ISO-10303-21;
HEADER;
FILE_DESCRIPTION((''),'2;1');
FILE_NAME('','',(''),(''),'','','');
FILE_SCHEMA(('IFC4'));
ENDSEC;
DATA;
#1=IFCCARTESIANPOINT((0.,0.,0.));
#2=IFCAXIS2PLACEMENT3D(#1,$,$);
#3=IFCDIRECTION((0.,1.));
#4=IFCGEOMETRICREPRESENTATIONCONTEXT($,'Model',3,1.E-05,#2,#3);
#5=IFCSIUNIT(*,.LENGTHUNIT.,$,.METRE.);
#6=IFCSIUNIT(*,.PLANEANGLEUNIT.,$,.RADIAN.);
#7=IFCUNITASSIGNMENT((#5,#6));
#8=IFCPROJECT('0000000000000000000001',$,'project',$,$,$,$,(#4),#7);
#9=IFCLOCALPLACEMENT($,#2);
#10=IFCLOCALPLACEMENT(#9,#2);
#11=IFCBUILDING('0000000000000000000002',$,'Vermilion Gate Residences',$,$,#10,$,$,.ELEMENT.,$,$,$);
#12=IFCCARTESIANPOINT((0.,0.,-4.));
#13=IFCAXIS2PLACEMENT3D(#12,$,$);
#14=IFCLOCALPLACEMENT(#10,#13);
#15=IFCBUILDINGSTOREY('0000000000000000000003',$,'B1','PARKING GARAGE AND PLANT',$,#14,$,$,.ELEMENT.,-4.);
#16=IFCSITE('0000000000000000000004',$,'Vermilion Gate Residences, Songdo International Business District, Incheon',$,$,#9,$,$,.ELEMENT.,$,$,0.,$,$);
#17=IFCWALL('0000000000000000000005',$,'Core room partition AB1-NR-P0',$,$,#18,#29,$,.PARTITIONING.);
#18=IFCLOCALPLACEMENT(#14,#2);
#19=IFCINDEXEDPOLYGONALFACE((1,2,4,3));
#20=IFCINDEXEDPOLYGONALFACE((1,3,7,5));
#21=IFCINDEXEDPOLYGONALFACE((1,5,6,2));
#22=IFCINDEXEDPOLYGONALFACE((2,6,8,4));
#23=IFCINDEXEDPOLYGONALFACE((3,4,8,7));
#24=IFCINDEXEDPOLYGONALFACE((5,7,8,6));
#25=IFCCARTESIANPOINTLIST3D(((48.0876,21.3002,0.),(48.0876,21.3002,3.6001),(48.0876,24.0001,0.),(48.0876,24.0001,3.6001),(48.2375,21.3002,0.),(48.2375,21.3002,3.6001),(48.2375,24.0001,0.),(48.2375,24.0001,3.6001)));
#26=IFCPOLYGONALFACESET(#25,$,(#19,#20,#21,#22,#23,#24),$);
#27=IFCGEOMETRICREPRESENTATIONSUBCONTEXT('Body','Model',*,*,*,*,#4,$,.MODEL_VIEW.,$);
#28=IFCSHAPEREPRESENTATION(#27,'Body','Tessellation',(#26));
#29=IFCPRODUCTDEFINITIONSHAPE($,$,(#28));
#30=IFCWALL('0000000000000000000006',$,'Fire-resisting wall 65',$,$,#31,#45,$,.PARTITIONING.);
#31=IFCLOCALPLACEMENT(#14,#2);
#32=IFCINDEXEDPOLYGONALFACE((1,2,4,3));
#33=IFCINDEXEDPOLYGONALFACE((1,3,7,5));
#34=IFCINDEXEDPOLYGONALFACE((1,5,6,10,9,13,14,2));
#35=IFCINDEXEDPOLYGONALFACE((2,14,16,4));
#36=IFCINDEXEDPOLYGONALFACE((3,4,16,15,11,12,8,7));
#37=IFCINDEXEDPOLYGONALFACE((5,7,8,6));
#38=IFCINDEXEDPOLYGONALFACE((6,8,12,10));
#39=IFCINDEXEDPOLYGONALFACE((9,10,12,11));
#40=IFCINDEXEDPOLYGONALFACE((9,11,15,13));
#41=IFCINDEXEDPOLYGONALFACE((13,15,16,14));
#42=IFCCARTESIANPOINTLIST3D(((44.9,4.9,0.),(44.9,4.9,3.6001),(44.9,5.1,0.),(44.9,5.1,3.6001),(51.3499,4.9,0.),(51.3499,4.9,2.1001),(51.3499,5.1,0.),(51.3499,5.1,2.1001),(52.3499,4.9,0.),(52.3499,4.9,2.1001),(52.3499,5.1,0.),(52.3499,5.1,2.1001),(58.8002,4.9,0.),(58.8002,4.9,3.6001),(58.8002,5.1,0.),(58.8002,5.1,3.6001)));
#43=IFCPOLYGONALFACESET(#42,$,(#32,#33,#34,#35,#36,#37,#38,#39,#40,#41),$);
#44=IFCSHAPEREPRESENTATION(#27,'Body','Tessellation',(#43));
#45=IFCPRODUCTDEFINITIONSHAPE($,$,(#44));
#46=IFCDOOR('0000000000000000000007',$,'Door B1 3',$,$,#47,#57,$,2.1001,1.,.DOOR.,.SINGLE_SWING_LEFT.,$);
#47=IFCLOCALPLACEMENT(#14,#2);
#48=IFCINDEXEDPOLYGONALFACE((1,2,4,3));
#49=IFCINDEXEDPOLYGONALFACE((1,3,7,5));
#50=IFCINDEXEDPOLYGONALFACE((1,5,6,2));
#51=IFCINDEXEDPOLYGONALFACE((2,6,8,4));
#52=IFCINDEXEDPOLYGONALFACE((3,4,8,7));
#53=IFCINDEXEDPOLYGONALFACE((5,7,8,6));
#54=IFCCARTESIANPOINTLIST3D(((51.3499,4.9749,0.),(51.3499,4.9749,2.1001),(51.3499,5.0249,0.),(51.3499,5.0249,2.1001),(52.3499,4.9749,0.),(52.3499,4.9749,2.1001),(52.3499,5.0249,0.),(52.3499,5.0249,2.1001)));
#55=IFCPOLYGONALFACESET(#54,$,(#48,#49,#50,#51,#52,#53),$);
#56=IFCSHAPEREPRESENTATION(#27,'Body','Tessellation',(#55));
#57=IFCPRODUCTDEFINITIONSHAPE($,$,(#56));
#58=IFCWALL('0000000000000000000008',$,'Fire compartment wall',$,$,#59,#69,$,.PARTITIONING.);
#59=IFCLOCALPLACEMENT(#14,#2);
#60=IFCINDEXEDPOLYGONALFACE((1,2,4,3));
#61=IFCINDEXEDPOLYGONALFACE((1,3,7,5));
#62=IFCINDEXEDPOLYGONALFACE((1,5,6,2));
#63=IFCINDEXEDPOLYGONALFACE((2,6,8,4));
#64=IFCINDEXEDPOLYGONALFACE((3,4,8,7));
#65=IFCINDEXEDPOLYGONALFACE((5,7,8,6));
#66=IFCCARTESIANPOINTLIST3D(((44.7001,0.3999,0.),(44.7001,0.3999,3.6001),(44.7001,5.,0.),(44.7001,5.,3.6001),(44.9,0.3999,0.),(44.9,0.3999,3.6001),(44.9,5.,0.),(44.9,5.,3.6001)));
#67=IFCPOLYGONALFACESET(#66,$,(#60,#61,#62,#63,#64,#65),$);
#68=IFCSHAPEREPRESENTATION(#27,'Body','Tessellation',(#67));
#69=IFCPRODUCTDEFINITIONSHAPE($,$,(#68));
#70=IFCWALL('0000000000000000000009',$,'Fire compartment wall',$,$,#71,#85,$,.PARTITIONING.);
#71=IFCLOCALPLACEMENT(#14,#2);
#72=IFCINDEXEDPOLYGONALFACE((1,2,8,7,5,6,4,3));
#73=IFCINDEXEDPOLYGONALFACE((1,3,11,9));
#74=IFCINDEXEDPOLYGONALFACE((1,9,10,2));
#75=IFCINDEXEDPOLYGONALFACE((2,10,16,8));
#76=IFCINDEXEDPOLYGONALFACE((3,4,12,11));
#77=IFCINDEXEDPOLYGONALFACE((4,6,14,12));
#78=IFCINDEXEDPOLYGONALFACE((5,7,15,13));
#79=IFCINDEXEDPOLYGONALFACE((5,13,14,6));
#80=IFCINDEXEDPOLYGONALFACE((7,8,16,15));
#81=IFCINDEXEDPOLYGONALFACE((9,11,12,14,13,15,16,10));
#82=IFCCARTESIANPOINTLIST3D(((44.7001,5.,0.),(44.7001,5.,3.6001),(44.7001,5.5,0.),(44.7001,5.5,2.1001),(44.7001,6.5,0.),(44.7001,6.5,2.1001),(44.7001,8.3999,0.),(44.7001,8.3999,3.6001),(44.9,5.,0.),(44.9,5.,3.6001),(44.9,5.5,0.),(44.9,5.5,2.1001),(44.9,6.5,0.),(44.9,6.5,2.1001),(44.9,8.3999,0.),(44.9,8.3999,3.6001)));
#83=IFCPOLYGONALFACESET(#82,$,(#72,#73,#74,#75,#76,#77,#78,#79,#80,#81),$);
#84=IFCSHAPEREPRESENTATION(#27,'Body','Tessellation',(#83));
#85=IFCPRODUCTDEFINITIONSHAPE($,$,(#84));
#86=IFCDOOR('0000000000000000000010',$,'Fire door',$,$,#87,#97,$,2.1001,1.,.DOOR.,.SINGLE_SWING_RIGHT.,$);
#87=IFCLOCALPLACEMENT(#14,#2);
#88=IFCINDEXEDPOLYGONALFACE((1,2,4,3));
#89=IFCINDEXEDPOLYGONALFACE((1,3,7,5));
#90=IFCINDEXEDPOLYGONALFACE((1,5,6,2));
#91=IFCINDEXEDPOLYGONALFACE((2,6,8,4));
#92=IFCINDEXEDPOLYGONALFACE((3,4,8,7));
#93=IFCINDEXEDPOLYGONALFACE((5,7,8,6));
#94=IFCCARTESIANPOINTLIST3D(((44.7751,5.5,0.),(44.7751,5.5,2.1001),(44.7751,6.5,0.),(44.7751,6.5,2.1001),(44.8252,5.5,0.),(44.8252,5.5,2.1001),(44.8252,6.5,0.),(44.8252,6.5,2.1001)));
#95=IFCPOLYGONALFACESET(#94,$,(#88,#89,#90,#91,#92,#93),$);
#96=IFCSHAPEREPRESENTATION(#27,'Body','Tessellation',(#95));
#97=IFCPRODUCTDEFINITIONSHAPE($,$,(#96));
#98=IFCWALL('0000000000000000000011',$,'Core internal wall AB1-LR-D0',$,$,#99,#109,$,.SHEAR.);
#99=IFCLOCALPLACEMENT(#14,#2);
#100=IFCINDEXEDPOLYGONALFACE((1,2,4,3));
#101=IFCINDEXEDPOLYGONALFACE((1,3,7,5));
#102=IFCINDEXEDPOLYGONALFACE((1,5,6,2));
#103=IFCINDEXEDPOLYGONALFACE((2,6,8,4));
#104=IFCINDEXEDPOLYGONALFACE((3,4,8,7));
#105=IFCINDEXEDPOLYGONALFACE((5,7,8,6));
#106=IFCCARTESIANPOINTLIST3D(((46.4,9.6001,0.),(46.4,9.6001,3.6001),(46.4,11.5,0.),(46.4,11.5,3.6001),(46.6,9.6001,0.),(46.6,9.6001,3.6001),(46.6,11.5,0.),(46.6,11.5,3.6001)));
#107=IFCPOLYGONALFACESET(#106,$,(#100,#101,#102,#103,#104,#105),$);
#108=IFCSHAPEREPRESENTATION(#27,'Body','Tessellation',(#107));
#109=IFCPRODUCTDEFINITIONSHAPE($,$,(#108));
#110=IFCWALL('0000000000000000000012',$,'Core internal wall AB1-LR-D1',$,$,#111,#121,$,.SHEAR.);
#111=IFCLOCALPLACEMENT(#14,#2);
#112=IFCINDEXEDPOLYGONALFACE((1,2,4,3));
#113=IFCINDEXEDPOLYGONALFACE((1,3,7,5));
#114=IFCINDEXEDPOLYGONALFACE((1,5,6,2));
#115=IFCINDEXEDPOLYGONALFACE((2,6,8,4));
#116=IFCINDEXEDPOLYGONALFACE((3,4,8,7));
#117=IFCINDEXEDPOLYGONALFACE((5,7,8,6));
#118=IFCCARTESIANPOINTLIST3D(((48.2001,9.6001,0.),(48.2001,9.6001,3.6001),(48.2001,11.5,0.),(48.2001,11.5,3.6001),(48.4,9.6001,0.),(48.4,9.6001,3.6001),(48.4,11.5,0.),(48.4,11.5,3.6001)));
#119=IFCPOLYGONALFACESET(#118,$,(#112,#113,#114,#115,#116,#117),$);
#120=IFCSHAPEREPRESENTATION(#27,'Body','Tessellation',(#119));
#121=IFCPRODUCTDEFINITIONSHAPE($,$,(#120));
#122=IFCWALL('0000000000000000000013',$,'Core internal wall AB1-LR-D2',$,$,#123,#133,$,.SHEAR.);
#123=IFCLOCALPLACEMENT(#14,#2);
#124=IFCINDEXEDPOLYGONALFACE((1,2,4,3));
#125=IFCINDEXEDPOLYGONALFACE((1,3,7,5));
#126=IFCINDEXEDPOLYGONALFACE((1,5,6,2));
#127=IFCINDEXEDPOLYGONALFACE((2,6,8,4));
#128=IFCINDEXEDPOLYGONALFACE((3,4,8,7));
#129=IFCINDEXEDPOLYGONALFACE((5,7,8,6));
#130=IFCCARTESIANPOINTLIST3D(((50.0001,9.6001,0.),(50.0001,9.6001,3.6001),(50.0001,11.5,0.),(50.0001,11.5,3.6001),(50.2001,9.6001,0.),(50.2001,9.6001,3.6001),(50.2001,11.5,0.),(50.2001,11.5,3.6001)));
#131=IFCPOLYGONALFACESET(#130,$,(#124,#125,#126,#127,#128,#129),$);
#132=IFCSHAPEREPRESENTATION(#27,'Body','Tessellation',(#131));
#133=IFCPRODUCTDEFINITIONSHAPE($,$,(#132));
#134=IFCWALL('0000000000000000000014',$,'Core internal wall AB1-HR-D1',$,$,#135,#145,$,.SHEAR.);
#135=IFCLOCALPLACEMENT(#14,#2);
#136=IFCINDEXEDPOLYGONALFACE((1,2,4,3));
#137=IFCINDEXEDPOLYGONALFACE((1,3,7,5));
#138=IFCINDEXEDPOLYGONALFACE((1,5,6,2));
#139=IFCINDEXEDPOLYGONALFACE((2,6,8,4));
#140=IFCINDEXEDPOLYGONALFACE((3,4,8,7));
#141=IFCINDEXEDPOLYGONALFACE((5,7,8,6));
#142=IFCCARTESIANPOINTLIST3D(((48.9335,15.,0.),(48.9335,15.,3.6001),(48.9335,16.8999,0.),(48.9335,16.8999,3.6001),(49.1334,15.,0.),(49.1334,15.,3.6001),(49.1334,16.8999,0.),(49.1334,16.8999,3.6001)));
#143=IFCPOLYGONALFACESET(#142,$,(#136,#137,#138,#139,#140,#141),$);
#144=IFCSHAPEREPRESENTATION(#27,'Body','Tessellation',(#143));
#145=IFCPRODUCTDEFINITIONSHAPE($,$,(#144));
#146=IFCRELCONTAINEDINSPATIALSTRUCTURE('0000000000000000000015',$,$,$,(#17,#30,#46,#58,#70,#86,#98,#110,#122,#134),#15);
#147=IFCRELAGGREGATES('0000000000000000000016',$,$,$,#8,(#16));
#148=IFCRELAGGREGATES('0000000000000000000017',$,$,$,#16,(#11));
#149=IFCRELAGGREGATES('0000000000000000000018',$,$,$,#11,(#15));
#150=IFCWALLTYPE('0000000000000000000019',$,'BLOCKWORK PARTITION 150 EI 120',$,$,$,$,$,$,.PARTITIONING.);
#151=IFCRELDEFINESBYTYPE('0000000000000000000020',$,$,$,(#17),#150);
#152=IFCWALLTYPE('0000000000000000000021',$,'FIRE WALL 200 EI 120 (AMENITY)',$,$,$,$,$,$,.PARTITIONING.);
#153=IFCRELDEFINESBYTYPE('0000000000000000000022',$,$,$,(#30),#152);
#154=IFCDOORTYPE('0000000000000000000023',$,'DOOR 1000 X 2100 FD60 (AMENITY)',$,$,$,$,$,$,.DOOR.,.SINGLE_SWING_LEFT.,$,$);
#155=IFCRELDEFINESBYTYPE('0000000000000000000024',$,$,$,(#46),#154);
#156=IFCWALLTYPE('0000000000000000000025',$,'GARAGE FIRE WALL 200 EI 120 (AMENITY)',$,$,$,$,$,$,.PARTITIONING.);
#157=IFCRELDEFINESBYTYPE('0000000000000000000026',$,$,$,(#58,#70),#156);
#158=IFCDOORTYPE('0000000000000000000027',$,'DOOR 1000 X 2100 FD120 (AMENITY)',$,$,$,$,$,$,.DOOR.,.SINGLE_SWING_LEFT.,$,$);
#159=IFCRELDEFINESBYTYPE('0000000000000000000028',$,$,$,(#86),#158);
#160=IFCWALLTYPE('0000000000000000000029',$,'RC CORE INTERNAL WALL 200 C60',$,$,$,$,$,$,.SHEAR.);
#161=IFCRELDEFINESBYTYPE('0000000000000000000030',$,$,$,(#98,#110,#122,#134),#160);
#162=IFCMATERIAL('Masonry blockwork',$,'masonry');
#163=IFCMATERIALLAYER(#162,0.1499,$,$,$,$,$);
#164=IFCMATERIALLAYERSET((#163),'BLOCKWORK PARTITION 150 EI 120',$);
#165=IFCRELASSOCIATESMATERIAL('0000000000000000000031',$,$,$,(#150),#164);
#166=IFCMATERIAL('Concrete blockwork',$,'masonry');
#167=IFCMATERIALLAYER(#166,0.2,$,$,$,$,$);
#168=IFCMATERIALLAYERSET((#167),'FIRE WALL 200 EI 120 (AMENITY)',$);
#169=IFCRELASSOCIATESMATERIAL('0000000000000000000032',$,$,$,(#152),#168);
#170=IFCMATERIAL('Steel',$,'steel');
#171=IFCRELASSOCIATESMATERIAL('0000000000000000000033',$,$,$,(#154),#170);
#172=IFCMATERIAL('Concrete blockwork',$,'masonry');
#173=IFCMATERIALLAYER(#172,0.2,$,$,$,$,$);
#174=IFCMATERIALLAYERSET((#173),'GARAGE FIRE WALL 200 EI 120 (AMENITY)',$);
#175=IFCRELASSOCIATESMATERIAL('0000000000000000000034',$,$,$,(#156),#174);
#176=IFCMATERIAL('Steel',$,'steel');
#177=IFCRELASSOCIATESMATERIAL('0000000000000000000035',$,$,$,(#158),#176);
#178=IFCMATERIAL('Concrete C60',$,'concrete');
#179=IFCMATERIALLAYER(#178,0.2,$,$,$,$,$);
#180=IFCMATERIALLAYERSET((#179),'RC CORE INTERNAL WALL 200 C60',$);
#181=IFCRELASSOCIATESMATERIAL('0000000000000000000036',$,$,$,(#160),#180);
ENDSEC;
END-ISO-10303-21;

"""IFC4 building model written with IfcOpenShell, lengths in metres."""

from ifc_helpers import new_model, si_unit, direction, frame, frame_2d, origin, place, context, subcontext, project, spatial, rectangle, extrude, material, layer, layer_set, type_object, element, fill, save


model = new_model("IFC4")

# Units and contexts
model_context = context("Model", 3, precision=1e-05, world=origin(), true_north=direction((0.0, 1.0)))
body_context = subcontext(model_context, "Body", "Model", "MODEL_VIEW")
ifc_project = project(units=[si_unit("LENGTHUNIT", "METRE"), si_unit("PLANEANGLEUNIT", "RADIAN")], contexts=[model_context])

# Site, building, storey
site_placement = place(None, origin())
site = spatial("IfcSite", under=ifc_project, at=site_placement, Name="Vermilion Gate Residences, Songdo International Business District, Incheon", CompositionType="ELEMENT", RefElevation=0.0)
building_placement = place(site_placement, origin())
building = spatial("IfcBuilding", under=site, at=building_placement, Name="Vermilion Gate Residences", CompositionType="ELEMENT")
storey_placement = place(building_placement, frame((0.0, 0.0, -4.0)))
storey = spatial("IfcBuildingStorey", under=building, at=storey_placement, Name="B1", Description="PARKING GARAGE AND PLANT", CompositionType="ELEMENT", Elevation=-4.0)

# Wall
ifc_material_1 = material(Name="Masonry blockwork", Category="masonry")
ifc_layer_1 = layer(ifc_material_1, 0.1499)
ifc_layer_set_1 = layer_set([ifc_layer_1], Name="BLOCKWORK PARTITION 150 EI 120")
wall_type_1 = type_object("IfcWallType", Name="BLOCKWORK PARTITION 150 EI 120", PredefinedType="PARTITIONING", material=ifc_layer_set_1)
wall_1_placement = place(storey_placement, frame((48.1626, 21.3, 0.0), z_axis=(0.0, 0.0, 1.0), x_axis=(0.0, 1.0, 0.0)))
element("IfcWall", 1, at=wall_1_placement, inside=storey, type_object=wall_type_1, Name="Core room partition AB1-NR-P0", PredefinedType="PARTITIONING", context=body_context, shape_type="SweptSolid", body=[
    extrude(rectangle(XDim=2.7, YDim=0.1499, at=frame_2d((1.3501, 0.0))), origin(), (0.0, 0.0, 1.0), 3.6001),
])

# Wall, opening, door
ifc_material_2 = material(Name="Concrete blockwork", Category="masonry")
ifc_layer_2 = layer(ifc_material_2, 0.2)
ifc_layer_set_2 = layer_set([ifc_layer_2], Name="FIRE WALL 200 EI 120 (AMENITY)")
wall_type_2 = type_object("IfcWallType", Name="FIRE WALL 200 EI 120 (AMENITY)", PredefinedType="PARTITIONING", material=ifc_layer_set_2)
wall_2_placement = place(storey_placement, frame((44.8999, 5.0, 0.0), z_axis=(0.0, 0.0, 1.0), x_axis=(1.0, 0.0, 0.0)))
wall_2 = element("IfcWall", 2, at=wall_2_placement, inside=storey, type_object=wall_type_2, Name="Fire-resisting wall 65", PredefinedType="PARTITIONING", context=body_context, shape_type="SweptSolid", body=[
    extrude(rectangle(XDim=13.9001, YDim=0.2, at=frame_2d((6.9502, 0.0))), origin(), (0.0, 0.0, 1.0), 3.6001),
])
opening_1_placement = place(wall_2_placement, frame((6.45, 0.0, 0.0)))
opening_1 = element("IfcOpeningElement", 3, at=opening_1_placement, cuts=wall_2, PredefinedType="OPENING", context=body_context, shape_type="SweptSolid", body=[
    extrude(rectangle(XDim=1.0, YDim=2.1001, at=frame_2d((0.5, 1.05))), frame((0.0, 0.1099, 0.0), z_axis=(0.0, -1.0, 0.0), x_axis=(1.0, 0.0, 0.0)), (0.0, 0.0, 1.0), 0.22),
])
ifc_material_3 = material(Name="Steel", Category="steel")
door_type_1 = type_object("IfcDoorType", Name="DOOR 1000 X 2100 FD60 (AMENITY)", OperationType="SINGLE_SWING_LEFT", PredefinedType="DOOR", material=ifc_material_3)
door_1_placement = place(opening_1_placement, origin())
door_1 = element("IfcDoor", 4, at=door_1_placement, inside=storey, type_object=door_type_1, Name="Door B1 3", OperationType="SINGLE_SWING_LEFT", OverallHeight=2.1001, OverallWidth=1.0, PredefinedType="DOOR", context=body_context, shape_type="SweptSolid", body=[
    extrude(rectangle(XDim=1.0, YDim=2.1001, at=frame_2d((0.5, 1.05))), frame((0.0, 0.0249, 0.0), z_axis=(0.0, -1.0, 0.0), x_axis=(1.0, 0.0, 0.0)), (0.0, 0.0, 1.0), 0.05),
])
fill(opening_1, door_1)

# Wall
ifc_material_4 = material(Name="Concrete blockwork", Category="masonry")
ifc_layer_3 = layer(ifc_material_4, 0.2)
ifc_layer_set_3 = layer_set([ifc_layer_3], Name="GARAGE FIRE WALL 200 EI 120 (AMENITY)")
wall_type_3 = type_object("IfcWallType", Name="GARAGE FIRE WALL 200 EI 120 (AMENITY)", PredefinedType="PARTITIONING", material=ifc_layer_set_3)
wall_3_placement = place(storey_placement, frame((44.8, 0.3999, 0.0), z_axis=(0.0, 0.0, 1.0), x_axis=(0.0, 1.0, 0.0)))
element("IfcWall", 5, at=wall_3_placement, inside=storey, type_object=wall_type_3, Name="Fire compartment wall", PredefinedType="PARTITIONING", context=body_context, shape_type="SweptSolid", body=[
    extrude(rectangle(XDim=4.6001, YDim=0.2, at=frame_2d((2.3, 0.0))), origin(), (0.0, 0.0, 1.0), 3.6001),
])

# Wall, opening, door
wall_4_placement = place(storey_placement, frame((44.8, 5.0, 0.0), z_axis=(0.0, 0.0, 1.0), x_axis=(0.0, 1.0, 0.0)))
wall_4 = element("IfcWall", 6, at=wall_4_placement, inside=storey, type_object=wall_type_3, Name="Fire compartment wall", PredefinedType="PARTITIONING", context=body_context, shape_type="SweptSolid", body=[
    extrude(rectangle(XDim=3.3999, YDim=0.2, at=frame_2d((1.7, 0.0))), origin(), (0.0, 0.0, 1.0), 3.6001),
])
opening_2_placement = place(wall_4_placement, frame((0.5, 0.0, 0.0)))
opening_2 = element("IfcOpeningElement", 7, at=opening_2_placement, cuts=wall_4, PredefinedType="OPENING", context=body_context, shape_type="SweptSolid", body=[
    extrude(rectangle(XDim=1.0, YDim=2.1001, at=frame_2d((0.5, 1.05))), frame((0.0, 0.1099, 0.0), z_axis=(0.0, -1.0, 0.0), x_axis=(1.0, 0.0, 0.0)), (0.0, 0.0, 1.0), 0.22),
])
ifc_material_5 = material(Name="Steel", Category="steel")
door_type_2 = type_object("IfcDoorType", Name="DOOR 1000 X 2100 FD120 (AMENITY)", OperationType="SINGLE_SWING_LEFT", PredefinedType="DOOR", material=ifc_material_5)
door_2_placement = place(opening_2_placement, origin())
door_2 = element("IfcDoor", 8, at=door_2_placement, inside=storey, type_object=door_type_2, Name="Fire door", OperationType="SINGLE_SWING_RIGHT", OverallHeight=2.1001, OverallWidth=1.0, PredefinedType="DOOR", context=body_context, shape_type="SweptSolid", body=[
    extrude(rectangle(XDim=1.0, YDim=2.1001, at=frame_2d((0.5, 1.05))), frame((0.0, 0.0249, 0.0), z_axis=(0.0, -1.0, 0.0), x_axis=(1.0, 0.0, 0.0)), (0.0, 0.0, 1.0), 0.05),
])
fill(opening_2, door_2)

# Walls
ifc_material_6 = material(Name="Concrete C60", Category="concrete")
ifc_layer_4 = layer(ifc_material_6, 0.2)
ifc_layer_set_4 = layer_set([ifc_layer_4], Name="RC CORE INTERNAL WALL 200 C60")
wall_type_4 = type_object("IfcWallType", Name="RC CORE INTERNAL WALL 200 C60", PredefinedType="SHEAR", material=ifc_layer_set_4)
for number, where, z_axis, x_axis, name in (
    (9, (46.5, 9.6001, 0.0), (0.0, 0.0, 1.0), (0.0, 1.0, 0.0), "Core internal wall AB1-LR-D0"),
    (10, (48.3, 9.6001, 0.0), (0.0, 0.0, 1.0), (0.0, 1.0, 0.0), "Core internal wall AB1-LR-D1"),
    (11, (50.1001, 9.6001, 0.0), (0.0, 0.0, 1.0), (0.0, 1.0, 0.0), "Core internal wall AB1-LR-D2"),
    (12, (49.0334, 15.0, 0.0), (0.0, 0.0, 1.0), (0.0, 1.0, 0.0), "Core internal wall AB1-HR-D1"),
):
    element("IfcWall", number, at=place(storey_placement, frame(where, z_axis=z_axis, x_axis=x_axis)), inside=storey, type_object=wall_type_4, Name=name, PredefinedType="SHEAR", context=body_context, shape_type="SweptSolid", body=[
        extrude(rectangle(XDim=1.8999, YDim=0.2, at=frame_2d((0.95, 0.0))), origin(), (0.0, 0.0, 1.0), 3.6001),
    ])

save(model, "model.ifc")
